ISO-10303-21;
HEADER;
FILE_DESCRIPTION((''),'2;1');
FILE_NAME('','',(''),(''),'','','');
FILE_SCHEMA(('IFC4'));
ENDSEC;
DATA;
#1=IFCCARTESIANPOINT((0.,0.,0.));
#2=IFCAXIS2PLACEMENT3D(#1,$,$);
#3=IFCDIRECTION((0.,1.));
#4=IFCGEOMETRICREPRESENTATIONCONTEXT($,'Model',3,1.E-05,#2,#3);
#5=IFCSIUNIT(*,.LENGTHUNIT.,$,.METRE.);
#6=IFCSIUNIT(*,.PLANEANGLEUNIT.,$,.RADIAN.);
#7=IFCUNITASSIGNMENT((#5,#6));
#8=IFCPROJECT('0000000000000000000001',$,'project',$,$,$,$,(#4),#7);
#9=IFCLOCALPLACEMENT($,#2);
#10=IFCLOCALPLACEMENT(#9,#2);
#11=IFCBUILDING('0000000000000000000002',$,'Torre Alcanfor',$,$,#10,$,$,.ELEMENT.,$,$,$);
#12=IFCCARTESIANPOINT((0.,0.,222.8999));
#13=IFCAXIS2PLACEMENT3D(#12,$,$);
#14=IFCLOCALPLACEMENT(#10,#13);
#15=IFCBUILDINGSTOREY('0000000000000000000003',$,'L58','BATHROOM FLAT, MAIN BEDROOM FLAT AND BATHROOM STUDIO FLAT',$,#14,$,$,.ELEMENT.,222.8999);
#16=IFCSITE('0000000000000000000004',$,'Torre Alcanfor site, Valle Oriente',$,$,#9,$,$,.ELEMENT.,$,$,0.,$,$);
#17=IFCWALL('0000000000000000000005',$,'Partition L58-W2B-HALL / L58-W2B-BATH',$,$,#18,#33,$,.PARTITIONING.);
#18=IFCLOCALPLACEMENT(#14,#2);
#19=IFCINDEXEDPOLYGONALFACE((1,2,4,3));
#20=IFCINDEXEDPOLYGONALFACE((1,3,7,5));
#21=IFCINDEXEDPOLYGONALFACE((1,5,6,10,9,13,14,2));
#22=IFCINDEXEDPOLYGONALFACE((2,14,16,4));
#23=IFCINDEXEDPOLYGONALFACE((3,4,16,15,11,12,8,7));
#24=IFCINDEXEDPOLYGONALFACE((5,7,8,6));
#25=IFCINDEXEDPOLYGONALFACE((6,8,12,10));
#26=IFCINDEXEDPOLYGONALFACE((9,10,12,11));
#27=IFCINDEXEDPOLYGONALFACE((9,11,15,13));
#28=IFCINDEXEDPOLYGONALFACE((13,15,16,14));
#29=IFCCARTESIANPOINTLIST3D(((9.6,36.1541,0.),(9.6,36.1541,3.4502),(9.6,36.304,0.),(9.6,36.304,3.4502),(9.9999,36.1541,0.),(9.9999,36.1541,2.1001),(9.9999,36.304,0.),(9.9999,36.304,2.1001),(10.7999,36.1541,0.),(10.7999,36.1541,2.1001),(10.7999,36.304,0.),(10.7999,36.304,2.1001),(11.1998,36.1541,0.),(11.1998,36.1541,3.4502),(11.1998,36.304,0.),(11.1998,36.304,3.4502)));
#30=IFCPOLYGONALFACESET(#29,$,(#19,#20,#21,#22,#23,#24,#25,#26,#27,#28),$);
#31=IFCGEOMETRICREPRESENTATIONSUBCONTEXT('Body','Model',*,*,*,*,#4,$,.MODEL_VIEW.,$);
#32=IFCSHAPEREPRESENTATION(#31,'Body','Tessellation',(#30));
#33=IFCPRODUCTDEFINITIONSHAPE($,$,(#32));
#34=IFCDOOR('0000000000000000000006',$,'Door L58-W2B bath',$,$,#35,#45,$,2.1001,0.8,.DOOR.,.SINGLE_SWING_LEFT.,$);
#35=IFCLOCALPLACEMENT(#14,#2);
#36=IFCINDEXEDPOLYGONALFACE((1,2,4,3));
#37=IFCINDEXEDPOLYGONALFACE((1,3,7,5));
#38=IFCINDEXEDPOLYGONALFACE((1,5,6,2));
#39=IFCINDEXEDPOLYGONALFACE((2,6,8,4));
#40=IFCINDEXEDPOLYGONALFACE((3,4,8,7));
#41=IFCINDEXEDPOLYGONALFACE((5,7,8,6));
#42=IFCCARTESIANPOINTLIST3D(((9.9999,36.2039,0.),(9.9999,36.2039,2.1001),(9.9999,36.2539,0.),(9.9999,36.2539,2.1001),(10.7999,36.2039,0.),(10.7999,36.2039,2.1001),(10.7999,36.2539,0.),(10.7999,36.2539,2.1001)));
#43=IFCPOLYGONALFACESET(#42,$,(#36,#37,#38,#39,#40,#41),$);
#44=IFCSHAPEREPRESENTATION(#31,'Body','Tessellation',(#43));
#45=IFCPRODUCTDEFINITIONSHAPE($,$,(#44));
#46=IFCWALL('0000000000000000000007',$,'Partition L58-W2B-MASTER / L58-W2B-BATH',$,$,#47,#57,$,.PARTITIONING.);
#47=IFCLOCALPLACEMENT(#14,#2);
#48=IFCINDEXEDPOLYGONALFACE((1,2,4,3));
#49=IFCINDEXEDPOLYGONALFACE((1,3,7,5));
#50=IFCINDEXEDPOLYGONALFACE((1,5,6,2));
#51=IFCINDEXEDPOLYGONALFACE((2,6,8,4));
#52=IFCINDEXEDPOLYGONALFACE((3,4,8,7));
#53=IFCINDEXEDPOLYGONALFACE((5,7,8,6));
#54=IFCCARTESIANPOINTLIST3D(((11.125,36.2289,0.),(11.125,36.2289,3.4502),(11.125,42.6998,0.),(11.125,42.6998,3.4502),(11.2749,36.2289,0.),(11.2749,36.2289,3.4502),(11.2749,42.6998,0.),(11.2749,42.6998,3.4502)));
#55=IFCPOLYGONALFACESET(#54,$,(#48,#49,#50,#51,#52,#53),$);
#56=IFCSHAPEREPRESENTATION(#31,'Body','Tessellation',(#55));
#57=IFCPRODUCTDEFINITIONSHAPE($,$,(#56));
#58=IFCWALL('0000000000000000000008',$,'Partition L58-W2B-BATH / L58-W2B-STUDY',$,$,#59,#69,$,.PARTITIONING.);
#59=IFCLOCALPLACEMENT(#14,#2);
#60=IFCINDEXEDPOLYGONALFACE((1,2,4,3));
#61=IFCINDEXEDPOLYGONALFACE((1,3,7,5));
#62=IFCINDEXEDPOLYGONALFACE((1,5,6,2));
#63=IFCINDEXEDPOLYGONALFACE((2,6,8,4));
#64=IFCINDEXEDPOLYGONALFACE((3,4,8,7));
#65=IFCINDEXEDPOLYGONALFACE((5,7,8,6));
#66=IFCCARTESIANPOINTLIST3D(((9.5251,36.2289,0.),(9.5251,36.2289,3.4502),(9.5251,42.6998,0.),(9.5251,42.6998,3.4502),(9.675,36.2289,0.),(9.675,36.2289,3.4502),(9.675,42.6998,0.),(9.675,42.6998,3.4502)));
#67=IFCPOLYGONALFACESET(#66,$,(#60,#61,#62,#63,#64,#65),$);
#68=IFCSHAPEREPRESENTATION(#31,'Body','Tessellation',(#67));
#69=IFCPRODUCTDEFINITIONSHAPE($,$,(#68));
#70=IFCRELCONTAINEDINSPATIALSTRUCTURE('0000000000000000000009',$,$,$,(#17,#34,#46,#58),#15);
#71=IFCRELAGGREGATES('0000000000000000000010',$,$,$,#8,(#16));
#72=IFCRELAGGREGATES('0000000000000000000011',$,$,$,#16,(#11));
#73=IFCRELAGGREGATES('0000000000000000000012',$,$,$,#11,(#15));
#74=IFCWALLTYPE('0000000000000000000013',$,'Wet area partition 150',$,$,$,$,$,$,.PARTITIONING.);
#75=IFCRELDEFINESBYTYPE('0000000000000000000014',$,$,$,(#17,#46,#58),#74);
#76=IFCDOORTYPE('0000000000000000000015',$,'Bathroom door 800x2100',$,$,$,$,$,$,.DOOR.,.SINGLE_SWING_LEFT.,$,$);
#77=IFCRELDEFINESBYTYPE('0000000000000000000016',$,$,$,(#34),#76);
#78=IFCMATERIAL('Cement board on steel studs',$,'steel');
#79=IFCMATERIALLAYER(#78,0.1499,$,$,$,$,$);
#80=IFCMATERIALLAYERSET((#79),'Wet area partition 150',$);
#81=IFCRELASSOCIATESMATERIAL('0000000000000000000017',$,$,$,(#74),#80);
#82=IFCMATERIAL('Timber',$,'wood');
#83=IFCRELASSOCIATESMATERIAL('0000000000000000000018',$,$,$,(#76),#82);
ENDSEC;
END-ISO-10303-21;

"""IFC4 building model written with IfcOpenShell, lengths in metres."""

from ifc_helpers import new_model, si_unit, direction, frame, frame_2d, origin, place, context, subcontext, project, spatial, rectangle, extrude, material, layer, layer_set, type_object, element, fill, save


model = new_model("IFC4")

# Units and contexts
model_context = context("Model", 3, precision=1e-05, world=origin(), true_north=direction((0.0, 1.0)))
body_context = subcontext(model_context, "Body", "Model", "MODEL_VIEW")
ifc_project = project(units=[si_unit("LENGTHUNIT", "METRE"), si_unit("PLANEANGLEUNIT", "RADIAN")], contexts=[model_context])

# Site, building, storey
site_placement = place(None, origin())
site = spatial("IfcSite", under=ifc_project, at=site_placement, Name="Torre Alcanfor site, Valle Oriente", CompositionType="ELEMENT", RefElevation=0.0)
building_placement = place(site_placement, origin())
building = spatial("IfcBuilding", under=site, at=building_placement, Name="Torre Alcanfor", CompositionType="ELEMENT")
storey_placement = place(building_placement, frame((0.0, 0.0, 222.8999)))
storey = spatial("IfcBuildingStorey", under=building, at=storey_placement, Name="L58", Description="BATHROOM FLAT, MAIN BEDROOM FLAT AND BATHROOM STUDIO FLAT", CompositionType="ELEMENT", Elevation=222.8999)

# Wall, opening, door
ifc_material_1 = material(Name="Cement board on steel studs", Category="steel")
ifc_layer_1 = layer(ifc_material_1, 0.1499)
ifc_layer_set_1 = layer_set([ifc_layer_1], Name="Wet area partition 150")
wall_type_1 = type_object("IfcWallType", Name="Wet area partition 150", PredefinedType="PARTITIONING", material=ifc_layer_set_1)
wall_1_placement = place(storey_placement, frame((9.6001, 36.229, 0.0), z_axis=(0.0, 0.0, 1.0), x_axis=(1.0, 0.0, 0.0)))
wall_1 = element("IfcWall", 1, at=wall_1_placement, inside=storey, type_object=wall_type_1, Name="Partition L58-W2B-HALL / L58-W2B-BATH", PredefinedType="PARTITIONING", context=body_context, shape_type="SweptSolid", body=[
    extrude(rectangle(XDim=1.5999, YDim=0.1499, at=frame_2d((0.7998, 0.0))), origin(), (0.0, 0.0, 1.0), 3.4502),
])
opening_1_placement = place(wall_1_placement, frame((0.3999, 0.0, 0.0)))
opening_1 = element("IfcOpeningElement", 2, at=opening_1_placement, cuts=wall_1, PredefinedType="OPENING", context=body_context, shape_type="SweptSolid", body=[
    extrude(rectangle(XDim=0.8, YDim=2.1001, at=frame_2d((0.3999, 1.05))), frame((0.0, 0.085, 0.0), z_axis=(0.0, -1.0, 0.0), x_axis=(1.0, 0.0, 0.0)), (0.0, 0.0, 1.0), 0.1699),
])
ifc_material_2 = material(Name="Timber", Category="wood")
door_type_1 = type_object("IfcDoorType", Name="Bathroom door 800x2100", OperationType="SINGLE_SWING_LEFT", PredefinedType="DOOR", material=ifc_material_2)
door_1_placement = place(opening_1_placement, origin())
door_1 = element("IfcDoor", 3, at=door_1_placement, inside=storey, type_object=door_type_1, Name="Door L58-W2B bath", OperationType="SINGLE_SWING_LEFT", OverallHeight=2.1001, OverallWidth=0.8, PredefinedType="DOOR", context=body_context, shape_type="SweptSolid", body=[
    extrude(rectangle(XDim=0.8, YDim=2.1001, at=frame_2d((0.3999, 1.05))), frame((0.0, 0.0249, 0.0), z_axis=(0.0, -1.0, 0.0), x_axis=(1.0, 0.0, 0.0)), (0.0, 0.0, 1.0), 0.05),
])
fill(opening_1, door_1)

# Walls
for number, where, z_axis, x_axis, name in (
    (4, (11.2, 36.229, 0.0), (0.0, 0.0, 1.0), (0.0, 1.0, 0.0), "Partition L58-W2B-MASTER / L58-W2B-BATH"),
    (5, (9.6001, 36.229, 0.0), (0.0, 0.0, 1.0), (0.0, 1.0, 0.0), "Partition L58-W2B-BATH / L58-W2B-STUDY"),
):
    element("IfcWall", number, at=place(storey_placement, frame(where, z_axis=z_axis, x_axis=x_axis)), inside=storey, type_object=wall_type_1, Name=name, PredefinedType="PARTITIONING", context=body_context, shape_type="SweptSolid", body=[
        extrude(rectangle(XDim=6.4709, YDim=0.1499, at=frame_2d((3.2354, 0.0))), origin(), (0.0, 0.0, 1.0), 3.4502),
    ])

save(model, "model.ifc")
